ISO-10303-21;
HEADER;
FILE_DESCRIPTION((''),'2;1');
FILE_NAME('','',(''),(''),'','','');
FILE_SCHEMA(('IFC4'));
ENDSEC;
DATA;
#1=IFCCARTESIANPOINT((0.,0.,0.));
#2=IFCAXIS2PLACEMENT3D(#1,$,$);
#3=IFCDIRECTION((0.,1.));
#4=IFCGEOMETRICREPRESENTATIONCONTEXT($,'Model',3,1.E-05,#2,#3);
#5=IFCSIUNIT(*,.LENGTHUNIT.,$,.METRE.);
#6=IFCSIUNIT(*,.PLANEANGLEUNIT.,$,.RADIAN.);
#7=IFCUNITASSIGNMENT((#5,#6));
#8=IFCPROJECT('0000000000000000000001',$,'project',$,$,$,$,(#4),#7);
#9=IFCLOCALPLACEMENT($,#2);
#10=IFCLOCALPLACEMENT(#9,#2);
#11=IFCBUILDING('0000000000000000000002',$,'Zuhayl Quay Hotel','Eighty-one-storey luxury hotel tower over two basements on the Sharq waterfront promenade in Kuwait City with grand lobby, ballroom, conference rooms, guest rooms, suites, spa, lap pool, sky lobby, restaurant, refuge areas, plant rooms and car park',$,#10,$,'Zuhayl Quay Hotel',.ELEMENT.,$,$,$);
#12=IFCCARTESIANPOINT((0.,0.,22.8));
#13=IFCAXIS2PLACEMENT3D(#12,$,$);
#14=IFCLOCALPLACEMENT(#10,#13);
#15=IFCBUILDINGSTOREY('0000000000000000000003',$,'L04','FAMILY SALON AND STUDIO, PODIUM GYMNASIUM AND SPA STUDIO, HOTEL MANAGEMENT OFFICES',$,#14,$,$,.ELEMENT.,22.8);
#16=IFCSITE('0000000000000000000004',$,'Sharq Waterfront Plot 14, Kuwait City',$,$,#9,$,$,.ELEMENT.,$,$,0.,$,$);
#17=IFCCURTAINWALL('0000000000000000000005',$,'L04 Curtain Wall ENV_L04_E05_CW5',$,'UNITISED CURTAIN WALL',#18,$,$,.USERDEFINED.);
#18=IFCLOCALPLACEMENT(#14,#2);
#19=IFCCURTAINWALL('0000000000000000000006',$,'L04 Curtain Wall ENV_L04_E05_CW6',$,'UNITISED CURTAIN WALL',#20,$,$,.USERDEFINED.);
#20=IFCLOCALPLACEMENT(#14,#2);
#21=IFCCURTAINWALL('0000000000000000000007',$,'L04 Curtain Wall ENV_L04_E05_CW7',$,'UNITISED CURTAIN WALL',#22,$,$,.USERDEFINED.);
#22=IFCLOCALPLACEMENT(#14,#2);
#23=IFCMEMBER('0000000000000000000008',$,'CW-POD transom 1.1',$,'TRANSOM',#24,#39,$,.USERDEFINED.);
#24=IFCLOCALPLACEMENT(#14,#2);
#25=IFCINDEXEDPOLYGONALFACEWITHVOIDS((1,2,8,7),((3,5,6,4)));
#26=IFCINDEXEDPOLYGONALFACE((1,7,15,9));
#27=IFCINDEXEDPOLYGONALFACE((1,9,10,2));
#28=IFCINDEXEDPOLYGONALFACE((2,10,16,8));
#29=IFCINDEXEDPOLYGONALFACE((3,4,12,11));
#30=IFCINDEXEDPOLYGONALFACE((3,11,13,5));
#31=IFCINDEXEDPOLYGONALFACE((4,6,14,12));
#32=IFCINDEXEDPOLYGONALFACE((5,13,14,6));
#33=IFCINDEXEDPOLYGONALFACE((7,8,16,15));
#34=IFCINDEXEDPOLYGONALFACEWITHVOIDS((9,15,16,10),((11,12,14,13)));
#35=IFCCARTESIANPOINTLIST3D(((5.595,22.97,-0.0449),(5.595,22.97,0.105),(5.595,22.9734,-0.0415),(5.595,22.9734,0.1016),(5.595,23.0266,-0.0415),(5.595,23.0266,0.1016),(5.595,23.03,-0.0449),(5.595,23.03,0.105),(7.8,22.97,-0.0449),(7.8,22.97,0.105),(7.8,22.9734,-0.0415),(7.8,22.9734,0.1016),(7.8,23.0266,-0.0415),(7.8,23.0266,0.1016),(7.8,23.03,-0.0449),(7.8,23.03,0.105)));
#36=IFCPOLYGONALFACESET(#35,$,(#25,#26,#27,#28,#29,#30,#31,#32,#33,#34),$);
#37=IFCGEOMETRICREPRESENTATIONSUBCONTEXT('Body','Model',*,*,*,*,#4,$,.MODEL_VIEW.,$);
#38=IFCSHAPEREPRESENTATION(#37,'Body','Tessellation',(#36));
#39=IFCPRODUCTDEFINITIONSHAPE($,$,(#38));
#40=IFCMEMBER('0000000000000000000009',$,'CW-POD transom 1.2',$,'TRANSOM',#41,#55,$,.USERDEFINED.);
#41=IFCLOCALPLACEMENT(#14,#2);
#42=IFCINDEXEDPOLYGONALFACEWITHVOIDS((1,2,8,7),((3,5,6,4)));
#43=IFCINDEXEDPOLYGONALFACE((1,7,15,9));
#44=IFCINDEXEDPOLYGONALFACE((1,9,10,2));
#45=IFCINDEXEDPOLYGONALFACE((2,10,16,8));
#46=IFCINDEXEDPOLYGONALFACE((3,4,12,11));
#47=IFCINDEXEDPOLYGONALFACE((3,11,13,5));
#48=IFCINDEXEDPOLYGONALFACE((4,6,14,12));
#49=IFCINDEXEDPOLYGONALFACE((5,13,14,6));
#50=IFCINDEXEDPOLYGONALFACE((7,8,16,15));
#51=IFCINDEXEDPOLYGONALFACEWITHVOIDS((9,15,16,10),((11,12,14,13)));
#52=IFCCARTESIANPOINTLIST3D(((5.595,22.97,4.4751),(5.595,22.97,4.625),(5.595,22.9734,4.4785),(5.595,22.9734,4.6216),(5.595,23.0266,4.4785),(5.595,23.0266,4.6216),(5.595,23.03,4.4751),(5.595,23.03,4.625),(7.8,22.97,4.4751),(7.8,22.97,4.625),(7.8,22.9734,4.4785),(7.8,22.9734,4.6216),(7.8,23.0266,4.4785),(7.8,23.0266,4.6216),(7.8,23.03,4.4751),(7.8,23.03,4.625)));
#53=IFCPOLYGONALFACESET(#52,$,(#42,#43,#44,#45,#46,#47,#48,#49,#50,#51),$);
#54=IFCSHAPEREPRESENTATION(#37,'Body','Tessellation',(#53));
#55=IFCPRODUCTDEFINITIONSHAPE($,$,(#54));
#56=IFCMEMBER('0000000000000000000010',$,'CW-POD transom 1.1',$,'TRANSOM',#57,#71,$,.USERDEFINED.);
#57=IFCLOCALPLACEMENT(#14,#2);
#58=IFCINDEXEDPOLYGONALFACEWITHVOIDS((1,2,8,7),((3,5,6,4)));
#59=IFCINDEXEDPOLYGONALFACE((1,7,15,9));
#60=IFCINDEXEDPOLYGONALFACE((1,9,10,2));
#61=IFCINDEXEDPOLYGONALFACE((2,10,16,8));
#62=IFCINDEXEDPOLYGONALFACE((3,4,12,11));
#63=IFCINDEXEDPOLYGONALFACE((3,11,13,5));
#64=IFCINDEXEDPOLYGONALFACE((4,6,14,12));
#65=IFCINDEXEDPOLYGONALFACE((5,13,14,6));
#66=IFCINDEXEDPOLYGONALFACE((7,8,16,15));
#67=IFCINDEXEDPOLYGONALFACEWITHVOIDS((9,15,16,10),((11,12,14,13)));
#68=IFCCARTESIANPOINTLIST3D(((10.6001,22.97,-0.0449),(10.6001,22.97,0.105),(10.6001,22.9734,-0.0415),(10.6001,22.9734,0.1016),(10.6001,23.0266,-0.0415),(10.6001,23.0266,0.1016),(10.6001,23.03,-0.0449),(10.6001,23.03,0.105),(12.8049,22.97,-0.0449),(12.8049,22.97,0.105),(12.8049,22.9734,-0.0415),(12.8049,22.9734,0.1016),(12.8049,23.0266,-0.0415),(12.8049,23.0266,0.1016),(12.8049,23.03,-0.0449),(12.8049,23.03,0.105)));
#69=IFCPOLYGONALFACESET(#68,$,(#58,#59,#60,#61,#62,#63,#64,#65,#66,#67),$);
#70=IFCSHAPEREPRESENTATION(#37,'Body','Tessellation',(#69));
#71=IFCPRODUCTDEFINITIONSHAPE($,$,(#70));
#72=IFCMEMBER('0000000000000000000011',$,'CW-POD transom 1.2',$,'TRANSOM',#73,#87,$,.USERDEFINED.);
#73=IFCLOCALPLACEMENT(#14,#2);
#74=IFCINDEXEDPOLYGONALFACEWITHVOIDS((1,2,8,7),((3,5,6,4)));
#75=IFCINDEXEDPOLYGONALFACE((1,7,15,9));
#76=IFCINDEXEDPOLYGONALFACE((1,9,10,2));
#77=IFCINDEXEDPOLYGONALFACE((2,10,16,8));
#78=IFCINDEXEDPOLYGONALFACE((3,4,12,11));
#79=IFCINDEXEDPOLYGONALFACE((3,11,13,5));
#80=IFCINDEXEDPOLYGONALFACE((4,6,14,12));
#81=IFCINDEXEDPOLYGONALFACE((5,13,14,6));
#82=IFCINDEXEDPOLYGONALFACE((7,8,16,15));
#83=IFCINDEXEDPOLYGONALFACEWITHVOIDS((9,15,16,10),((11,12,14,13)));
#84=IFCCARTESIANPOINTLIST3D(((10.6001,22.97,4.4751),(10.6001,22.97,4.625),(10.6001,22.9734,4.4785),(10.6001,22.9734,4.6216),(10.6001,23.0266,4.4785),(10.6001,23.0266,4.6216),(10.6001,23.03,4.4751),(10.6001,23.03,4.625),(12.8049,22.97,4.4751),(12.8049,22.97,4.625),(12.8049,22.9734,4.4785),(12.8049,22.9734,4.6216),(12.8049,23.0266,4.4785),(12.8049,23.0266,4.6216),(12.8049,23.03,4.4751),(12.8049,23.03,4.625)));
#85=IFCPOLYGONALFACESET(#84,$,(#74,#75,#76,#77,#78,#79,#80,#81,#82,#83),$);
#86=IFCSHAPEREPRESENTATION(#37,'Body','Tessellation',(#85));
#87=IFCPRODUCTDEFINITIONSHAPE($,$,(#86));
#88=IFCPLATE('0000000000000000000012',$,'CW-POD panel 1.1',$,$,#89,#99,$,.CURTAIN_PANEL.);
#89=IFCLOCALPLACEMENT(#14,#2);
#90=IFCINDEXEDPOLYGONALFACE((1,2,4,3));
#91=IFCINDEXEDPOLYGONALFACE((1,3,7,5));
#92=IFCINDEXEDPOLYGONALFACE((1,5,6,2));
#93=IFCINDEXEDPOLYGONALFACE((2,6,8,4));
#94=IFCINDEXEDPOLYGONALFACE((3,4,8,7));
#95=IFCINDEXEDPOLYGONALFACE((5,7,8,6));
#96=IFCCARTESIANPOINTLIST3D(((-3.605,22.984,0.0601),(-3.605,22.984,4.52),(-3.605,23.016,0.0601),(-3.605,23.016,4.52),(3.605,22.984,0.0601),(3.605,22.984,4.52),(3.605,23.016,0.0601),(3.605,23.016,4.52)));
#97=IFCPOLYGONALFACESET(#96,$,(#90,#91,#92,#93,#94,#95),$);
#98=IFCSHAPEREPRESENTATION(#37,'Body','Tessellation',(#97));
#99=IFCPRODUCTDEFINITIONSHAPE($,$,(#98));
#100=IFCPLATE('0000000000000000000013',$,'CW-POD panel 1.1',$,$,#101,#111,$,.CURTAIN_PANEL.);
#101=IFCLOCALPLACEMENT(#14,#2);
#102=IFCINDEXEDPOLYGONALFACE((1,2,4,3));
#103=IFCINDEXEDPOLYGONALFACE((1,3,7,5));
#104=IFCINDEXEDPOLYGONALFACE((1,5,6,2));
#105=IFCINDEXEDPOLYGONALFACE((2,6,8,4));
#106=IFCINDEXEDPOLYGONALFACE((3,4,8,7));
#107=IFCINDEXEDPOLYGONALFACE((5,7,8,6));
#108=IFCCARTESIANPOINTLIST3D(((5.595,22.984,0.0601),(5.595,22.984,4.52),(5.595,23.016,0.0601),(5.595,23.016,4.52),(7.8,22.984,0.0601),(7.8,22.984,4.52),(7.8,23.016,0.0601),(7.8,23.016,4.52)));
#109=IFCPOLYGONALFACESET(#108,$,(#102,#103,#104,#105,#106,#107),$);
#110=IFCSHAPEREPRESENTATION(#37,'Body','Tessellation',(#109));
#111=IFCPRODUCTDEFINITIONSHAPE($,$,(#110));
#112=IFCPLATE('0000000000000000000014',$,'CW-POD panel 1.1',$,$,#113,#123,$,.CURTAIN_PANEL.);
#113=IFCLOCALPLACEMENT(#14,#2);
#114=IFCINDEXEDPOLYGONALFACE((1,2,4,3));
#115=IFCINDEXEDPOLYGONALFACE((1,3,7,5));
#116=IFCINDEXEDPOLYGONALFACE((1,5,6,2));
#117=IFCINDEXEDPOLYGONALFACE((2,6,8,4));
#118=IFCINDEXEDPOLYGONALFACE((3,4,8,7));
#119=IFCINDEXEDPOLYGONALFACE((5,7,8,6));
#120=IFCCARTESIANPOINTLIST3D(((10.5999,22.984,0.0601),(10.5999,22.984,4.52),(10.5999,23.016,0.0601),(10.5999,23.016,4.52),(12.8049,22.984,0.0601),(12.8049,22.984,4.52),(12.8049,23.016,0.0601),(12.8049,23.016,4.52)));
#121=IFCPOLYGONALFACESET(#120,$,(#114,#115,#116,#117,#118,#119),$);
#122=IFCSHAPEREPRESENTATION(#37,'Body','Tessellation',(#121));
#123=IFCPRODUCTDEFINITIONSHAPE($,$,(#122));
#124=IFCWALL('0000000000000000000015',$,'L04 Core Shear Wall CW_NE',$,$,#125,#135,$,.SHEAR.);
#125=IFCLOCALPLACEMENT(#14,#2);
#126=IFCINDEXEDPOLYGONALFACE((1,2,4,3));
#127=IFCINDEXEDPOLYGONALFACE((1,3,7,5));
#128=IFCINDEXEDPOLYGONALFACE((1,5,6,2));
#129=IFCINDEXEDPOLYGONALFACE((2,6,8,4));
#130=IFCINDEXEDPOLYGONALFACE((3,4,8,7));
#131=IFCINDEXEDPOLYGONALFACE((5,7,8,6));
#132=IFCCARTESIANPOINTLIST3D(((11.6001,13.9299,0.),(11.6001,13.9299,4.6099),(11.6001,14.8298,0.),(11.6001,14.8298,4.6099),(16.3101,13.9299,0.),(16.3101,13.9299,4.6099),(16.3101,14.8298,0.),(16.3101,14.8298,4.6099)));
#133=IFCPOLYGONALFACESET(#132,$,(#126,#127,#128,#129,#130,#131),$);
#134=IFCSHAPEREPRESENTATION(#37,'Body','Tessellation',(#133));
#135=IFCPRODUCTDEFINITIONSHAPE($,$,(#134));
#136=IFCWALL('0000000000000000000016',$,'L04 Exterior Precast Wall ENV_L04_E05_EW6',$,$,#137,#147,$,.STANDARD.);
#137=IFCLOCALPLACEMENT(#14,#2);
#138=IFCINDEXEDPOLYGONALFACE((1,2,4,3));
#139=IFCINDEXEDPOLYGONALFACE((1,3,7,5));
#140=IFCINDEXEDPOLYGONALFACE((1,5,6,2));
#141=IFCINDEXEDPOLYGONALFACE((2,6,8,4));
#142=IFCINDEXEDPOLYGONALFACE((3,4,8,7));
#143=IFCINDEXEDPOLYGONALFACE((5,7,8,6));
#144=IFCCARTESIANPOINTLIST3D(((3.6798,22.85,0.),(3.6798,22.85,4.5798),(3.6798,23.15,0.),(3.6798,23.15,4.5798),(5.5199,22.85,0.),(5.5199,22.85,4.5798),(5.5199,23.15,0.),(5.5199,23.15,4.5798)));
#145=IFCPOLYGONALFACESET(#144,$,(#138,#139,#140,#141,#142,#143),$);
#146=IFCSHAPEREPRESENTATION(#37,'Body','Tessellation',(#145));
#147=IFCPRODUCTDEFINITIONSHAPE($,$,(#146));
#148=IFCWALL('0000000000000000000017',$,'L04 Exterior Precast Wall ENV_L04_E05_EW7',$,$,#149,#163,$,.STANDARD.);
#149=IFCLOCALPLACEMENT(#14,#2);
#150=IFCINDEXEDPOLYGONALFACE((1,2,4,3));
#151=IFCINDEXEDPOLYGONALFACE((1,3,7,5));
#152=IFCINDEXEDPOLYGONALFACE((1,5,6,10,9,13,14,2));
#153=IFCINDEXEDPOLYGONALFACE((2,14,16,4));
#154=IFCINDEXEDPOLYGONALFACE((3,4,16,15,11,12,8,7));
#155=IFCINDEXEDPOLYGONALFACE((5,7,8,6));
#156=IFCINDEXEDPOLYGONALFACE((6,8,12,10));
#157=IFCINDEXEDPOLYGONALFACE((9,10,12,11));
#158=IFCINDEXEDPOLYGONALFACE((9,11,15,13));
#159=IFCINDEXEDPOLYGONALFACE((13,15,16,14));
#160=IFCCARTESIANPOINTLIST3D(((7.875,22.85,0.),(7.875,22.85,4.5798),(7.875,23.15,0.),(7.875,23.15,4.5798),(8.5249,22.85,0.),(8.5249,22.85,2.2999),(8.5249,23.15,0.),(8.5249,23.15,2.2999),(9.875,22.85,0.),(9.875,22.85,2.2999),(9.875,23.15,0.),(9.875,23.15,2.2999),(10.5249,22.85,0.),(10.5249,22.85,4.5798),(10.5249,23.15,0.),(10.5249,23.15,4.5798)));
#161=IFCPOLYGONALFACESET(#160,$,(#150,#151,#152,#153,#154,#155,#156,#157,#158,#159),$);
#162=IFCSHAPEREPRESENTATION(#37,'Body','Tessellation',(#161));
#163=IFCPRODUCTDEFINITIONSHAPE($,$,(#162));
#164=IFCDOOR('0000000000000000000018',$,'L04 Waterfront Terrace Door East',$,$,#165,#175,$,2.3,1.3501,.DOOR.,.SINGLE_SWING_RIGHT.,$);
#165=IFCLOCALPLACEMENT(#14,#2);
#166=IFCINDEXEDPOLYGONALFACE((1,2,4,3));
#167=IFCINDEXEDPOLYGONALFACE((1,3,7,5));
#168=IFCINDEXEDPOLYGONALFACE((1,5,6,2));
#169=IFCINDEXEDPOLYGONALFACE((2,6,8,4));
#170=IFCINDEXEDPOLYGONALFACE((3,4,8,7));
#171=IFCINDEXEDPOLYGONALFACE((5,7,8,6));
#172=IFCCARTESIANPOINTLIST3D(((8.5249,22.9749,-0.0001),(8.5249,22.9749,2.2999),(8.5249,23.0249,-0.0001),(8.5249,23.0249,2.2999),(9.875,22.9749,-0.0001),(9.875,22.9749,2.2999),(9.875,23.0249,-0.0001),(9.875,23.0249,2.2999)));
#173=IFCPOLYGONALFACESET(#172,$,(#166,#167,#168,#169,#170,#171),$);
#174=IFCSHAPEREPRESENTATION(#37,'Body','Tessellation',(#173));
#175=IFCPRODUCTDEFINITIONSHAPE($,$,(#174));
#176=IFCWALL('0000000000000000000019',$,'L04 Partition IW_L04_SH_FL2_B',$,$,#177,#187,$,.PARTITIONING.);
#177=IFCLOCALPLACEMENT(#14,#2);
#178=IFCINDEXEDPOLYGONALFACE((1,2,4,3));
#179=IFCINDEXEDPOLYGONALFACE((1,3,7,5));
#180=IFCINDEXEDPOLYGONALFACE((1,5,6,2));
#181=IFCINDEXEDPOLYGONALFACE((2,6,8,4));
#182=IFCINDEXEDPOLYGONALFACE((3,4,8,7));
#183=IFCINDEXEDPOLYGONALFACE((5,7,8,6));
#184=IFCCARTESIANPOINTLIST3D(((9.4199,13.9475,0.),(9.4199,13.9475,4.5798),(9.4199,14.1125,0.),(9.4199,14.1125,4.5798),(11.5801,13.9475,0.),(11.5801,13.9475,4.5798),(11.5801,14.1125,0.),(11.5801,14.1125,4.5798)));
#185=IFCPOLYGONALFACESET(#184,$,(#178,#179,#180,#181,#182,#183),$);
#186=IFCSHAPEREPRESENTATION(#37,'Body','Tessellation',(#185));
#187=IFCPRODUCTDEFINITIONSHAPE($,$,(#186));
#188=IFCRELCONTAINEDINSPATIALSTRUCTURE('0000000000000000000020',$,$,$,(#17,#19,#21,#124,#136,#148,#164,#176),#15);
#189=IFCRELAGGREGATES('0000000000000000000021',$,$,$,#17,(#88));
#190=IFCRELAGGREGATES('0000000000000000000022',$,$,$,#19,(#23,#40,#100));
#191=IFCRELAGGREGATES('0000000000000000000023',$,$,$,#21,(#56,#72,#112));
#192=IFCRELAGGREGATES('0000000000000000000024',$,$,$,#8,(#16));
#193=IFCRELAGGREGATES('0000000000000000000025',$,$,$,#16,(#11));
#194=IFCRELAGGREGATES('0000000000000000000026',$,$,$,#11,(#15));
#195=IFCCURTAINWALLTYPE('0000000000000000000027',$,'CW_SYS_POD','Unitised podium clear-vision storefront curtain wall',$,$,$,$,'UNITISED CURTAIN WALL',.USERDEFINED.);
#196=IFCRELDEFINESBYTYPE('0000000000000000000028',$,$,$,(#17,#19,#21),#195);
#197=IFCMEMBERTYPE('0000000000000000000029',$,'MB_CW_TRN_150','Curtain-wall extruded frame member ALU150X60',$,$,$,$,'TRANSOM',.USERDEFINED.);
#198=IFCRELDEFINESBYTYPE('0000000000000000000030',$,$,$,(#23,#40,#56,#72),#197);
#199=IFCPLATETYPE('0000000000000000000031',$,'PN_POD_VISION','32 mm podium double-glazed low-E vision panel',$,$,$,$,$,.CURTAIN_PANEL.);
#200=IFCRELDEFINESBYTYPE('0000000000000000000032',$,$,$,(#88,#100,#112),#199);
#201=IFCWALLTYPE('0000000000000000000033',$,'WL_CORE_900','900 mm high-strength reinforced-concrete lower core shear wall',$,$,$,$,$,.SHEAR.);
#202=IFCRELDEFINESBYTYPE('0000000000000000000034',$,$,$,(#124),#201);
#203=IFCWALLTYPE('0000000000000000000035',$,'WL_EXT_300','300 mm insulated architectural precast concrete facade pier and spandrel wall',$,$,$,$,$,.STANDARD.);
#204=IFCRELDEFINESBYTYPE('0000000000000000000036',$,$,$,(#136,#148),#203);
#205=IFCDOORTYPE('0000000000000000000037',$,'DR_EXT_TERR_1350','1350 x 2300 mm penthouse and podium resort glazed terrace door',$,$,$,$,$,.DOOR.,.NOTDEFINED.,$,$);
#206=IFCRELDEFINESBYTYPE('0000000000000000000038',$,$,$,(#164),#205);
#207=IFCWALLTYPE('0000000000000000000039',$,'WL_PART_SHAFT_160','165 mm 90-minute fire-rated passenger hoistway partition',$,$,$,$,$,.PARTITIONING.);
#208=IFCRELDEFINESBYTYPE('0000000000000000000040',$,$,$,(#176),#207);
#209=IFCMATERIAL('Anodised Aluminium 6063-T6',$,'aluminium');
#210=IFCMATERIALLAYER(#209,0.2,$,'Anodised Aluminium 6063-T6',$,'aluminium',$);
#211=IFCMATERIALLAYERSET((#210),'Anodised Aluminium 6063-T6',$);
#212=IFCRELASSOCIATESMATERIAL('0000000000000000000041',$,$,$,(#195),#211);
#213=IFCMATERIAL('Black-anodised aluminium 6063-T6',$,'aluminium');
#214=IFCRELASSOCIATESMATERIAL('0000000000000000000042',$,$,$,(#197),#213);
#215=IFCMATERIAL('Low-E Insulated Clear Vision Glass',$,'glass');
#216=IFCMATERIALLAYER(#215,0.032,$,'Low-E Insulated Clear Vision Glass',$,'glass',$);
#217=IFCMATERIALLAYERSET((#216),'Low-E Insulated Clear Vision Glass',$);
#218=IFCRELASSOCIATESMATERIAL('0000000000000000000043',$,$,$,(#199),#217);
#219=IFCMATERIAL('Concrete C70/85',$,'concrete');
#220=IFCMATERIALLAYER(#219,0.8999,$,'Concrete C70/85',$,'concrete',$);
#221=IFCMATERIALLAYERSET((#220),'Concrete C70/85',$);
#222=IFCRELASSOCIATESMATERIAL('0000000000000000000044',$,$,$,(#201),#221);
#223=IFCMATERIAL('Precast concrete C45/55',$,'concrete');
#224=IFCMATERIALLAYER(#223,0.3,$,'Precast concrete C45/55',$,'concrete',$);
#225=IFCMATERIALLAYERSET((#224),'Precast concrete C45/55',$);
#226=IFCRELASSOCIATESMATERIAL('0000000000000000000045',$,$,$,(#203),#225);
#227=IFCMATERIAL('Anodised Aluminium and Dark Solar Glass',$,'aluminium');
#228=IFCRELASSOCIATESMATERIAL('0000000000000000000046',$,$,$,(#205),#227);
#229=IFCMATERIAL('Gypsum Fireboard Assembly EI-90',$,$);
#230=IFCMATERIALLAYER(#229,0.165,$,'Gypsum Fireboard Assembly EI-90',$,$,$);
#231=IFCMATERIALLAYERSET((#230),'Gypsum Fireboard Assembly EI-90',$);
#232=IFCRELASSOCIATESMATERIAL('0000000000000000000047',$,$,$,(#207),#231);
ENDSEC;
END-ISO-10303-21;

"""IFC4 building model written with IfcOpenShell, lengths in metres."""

from ifc_helpers import new_model, si_unit, direction, frame, frame_2d, origin, origin_2d, place, context, subcontext, project, spatial, rectangle, hollow_rectangle, extrude, material, layer, layer_set, material_profile, profile_set, type_object, element, fill, aggregate, save


model = new_model("IFC4")

# Units and contexts
model_context = context("Model", 3, precision=1e-05, world=origin(), true_north=direction((0.0, 1.0)))
body_context = subcontext(model_context, "Body", "Model", "MODEL_VIEW")
ifc_project = project(units=[si_unit("LENGTHUNIT", "METRE"), si_unit("PLANEANGLEUNIT", "RADIAN")], contexts=[model_context])

# Site, building, storey
site_placement = place(None, origin())
site = spatial("IfcSite", under=ifc_project, at=site_placement, Name="Sharq Waterfront Plot 14, Kuwait City", CompositionType="ELEMENT", RefElevation=0.0)
building_placement = place(site_placement, origin())
building = spatial("IfcBuilding", under=site, at=building_placement, Name="Zuhayl Quay Hotel", Description="Eighty-one-storey luxury hotel tower over two basements on the Sharq waterfront promenade in Kuwait City with grand lobby, ballroom, conference rooms, guest rooms, suites, spa, lap pool, sky lobby, restaurant, refuge areas, plant rooms and car park", LongName="Zuhayl Quay Hotel", CompositionType="ELEMENT")
storey_placement = place(building_placement, frame((0.0, 0.0, 22.8)))
storey = spatial("IfcBuildingStorey", under=building, at=storey_placement, Name="L04", Description="FAMILY SALON AND STUDIO, PODIUM GYMNASIUM AND SPA STUDIO, HOTEL MANAGEMENT OFFICES", CompositionType="ELEMENT", Elevation=22.8)

# Shared definitions
ifc_material_1 = material(Name="Concrete C70/85", Category="concrete")

# Curtain wall
ifc_material_2 = material(Name="Anodised Aluminium 6063-T6", Category="aluminium")
ifc_layer_1 = layer(ifc_material_2, 0.2, Name="Anodised Aluminium 6063-T6", Category="aluminium")
ifc_layer_set_1 = layer_set([ifc_layer_1], Name="Anodised Aluminium 6063-T6")
curtain_wall_type = type_object("IfcCurtainWallType", Name="CW_SYS_POD", Description="Unitised podium clear-vision storefront curtain wall", ElementType="UNITISED CURTAIN WALL", PredefinedType="USERDEFINED", material=ifc_layer_set_1)
curtain_wall_1_placement = place(storey_placement, origin())
curtain_wall_1 = element("IfcCurtainWall", 1, at=curtain_wall_1_placement, inside=storey, type_object=curtain_wall_type, Name="L04 Curtain Wall ENV_L04_E05_CW5", ObjectType="UNITISED CURTAIN WALL", PredefinedType="USERDEFINED")
ifc_material_3 = material(Name="Black-anodised aluminium 6063-T6", Category="aluminium")

# Curtain wall
curtain_wall_2_placement = place(storey_placement, origin())
curtain_wall_2 = element("IfcCurtainWall", 2, at=curtain_wall_2_placement, inside=storey, type_object=curtain_wall_type, Name="L04 Curtain Wall ENV_L04_E05_CW6", ObjectType="UNITISED CURTAIN WALL", PredefinedType="USERDEFINED")

# Curtain wall
curtain_wall_3_placement = place(storey_placement, origin())
curtain_wall_3 = element("IfcCurtainWall", 3, at=curtain_wall_3_placement, inside=storey, type_object=curtain_wall_type, Name="L04 Curtain Wall ENV_L04_E05_CW7", ObjectType="UNITISED CURTAIN WALL", PredefinedType="USERDEFINED")

# Members
ifc_material_profile_1 = material_profile(ifc_material_3, hollow_rectangle(XDim=0.0601, YDim=0.1499, WallThickness=0.0034, at=origin_2d()), Name="ALU150X60")
ifc_profile_set_1 = profile_set([ifc_material_profile_1], Name="Black-anodised aluminium 6063-T6")
member_type_1 = type_object("IfcMemberType", Name="MB_CW_TRN_150", Description="Curtain-wall extruded frame member ALU150X60", ElementType="TRANSOM", PredefinedType="USERDEFINED", material=ifc_profile_set_1)
member_1_placement = place(storey_placement, frame((5.595, 23.0, 0.03), z_axis=(1.0, 0.0, 0.0), x_axis=(0.0, 1.0, 0.0)))
member_1 = element("IfcMember", 4, at=member_1_placement, type_object=member_type_1, Name="CW-POD transom 1.1", ObjectType="TRANSOM", PredefinedType="USERDEFINED", context=body_context, shape_type="SweptSolid", body=[
    extrude(hollow_rectangle(XDim=0.0601, YDim=0.1499, WallThickness=0.0034, at=origin_2d()), origin(), (0.0, 0.0, 1.0), 2.2051),
])
member_2_placement = place(storey_placement, frame((5.595, 23.0, 4.55), z_axis=(1.0, 0.0, 0.0), x_axis=(0.0, 1.0, 0.0)))
member_2 = element("IfcMember", 5, at=member_2_placement, type_object=member_type_1, Name="CW-POD transom 1.2", ObjectType="TRANSOM", PredefinedType="USERDEFINED", context=body_context, shape_type="SweptSolid", body=[
    extrude(hollow_rectangle(XDim=0.0601, YDim=0.1499, WallThickness=0.0034, at=origin_2d()), origin(), (0.0, 0.0, 1.0), 2.2051),
])
member_3_placement = place(storey_placement, frame((10.6001, 23.0, 0.03), z_axis=(1.0, 0.0, 0.0), x_axis=(0.0, 1.0, 0.0)))
member_3 = element("IfcMember", 6, at=member_3_placement, type_object=member_type_1, Name="CW-POD transom 1.1", ObjectType="TRANSOM", PredefinedType="USERDEFINED", context=body_context, shape_type="SweptSolid", body=[
    extrude(hollow_rectangle(XDim=0.0601, YDim=0.1499, WallThickness=0.0034, at=origin_2d()), origin(), (0.0, 0.0, 1.0), 2.2048),
])
member_4_placement = place(storey_placement, frame((10.6001, 23.0, 4.55), z_axis=(1.0, 0.0, 0.0), x_axis=(0.0, 1.0, 0.0)))
member_4 = element("IfcMember", 7, at=member_4_placement, type_object=member_type_1, Name="CW-POD transom 1.2", ObjectType="TRANSOM", PredefinedType="USERDEFINED", context=body_context, shape_type="SweptSolid", body=[
    extrude(hollow_rectangle(XDim=0.0601, YDim=0.1499, WallThickness=0.0034, at=origin_2d()), origin(), (0.0, 0.0, 1.0), 2.2048),
])

# Plates
ifc_material_4 = material(Name="Low-E Insulated Clear Vision Glass", Category="glass")
ifc_layer_2 = layer(ifc_material_4, 0.032, Name="Low-E Insulated Clear Vision Glass", Category="glass")
ifc_layer_set_2 = layer_set([ifc_layer_2], Name="Low-E Insulated Clear Vision Glass")
plate_type = type_object("IfcPlateType", Name="PN_POD_VISION", Description="32 mm podium double-glazed low-E vision panel", PredefinedType="CURTAIN_PANEL", material=ifc_layer_set_2)
plate_1_placement = place(storey_placement, frame((0.0, 23.0, 0.0601), z_axis=(0.0, 0.0, 1.0), x_axis=(1.0, 0.0, 0.0)))
plate_1 = element("IfcPlate", 8, at=plate_1_placement, type_object=plate_type, Name="CW-POD panel 1.1", PredefinedType="CURTAIN_PANEL", context=body_context, shape_type="SweptSolid", body=[
    extrude(rectangle(XDim=7.21, YDim=0.032, at=origin_2d()), origin(), (0.0, 0.0, 1.0), 4.46),
])
aggregate(curtain_wall_1, [plate_1])
plate_2_placement = place(storey_placement, frame((6.6975, 23.0, 0.0601), z_axis=(0.0, 0.0, 1.0), x_axis=(1.0, 0.0, 0.0)))
plate_2 = element("IfcPlate", 9, at=plate_2_placement, type_object=plate_type, Name="CW-POD panel 1.1", PredefinedType="CURTAIN_PANEL", context=body_context, shape_type="SweptSolid", body=[
    extrude(rectangle(XDim=2.2051, YDim=0.032, at=origin_2d()), origin(), (0.0, 0.0, 1.0), 4.46),
])
aggregate(curtain_wall_2, [member_1, member_2, plate_2])
plate_3_placement = place(storey_placement, frame((11.7024, 23.0, 0.0601), z_axis=(0.0, 0.0, 1.0), x_axis=(1.0, 0.0, 0.0)))
plate_3 = element("IfcPlate", 10, at=plate_3_placement, type_object=plate_type, Name="CW-POD panel 1.1", PredefinedType="CURTAIN_PANEL", context=body_context, shape_type="SweptSolid", body=[
    extrude(rectangle(XDim=2.2051, YDim=0.032, at=origin_2d()), origin(), (0.0, 0.0, 1.0), 4.46),
])
aggregate(curtain_wall_3, [member_3, member_4, plate_3])

# Walls
ifc_layer_3 = layer(ifc_material_1, 0.8999, Name="Concrete C70/85", Category="concrete")
ifc_layer_set_3 = layer_set([ifc_layer_3], Name="Concrete C70/85")
wall_type_1 = type_object("IfcWallType", Name="WL_CORE_900", Description="900 mm high-strength reinforced-concrete lower core shear wall", PredefinedType="SHEAR", material=ifc_layer_set_3)
wall_1_placement = place(storey_placement, frame((11.6001, 14.3799, 0.0), z_axis=(0.0, 0.0, 1.0), x_axis=(1.0, 0.0, 0.0)))
element("IfcWall", 11, at=wall_1_placement, inside=storey, type_object=wall_type_1, Name="L04 Core Shear Wall CW_NE", PredefinedType="SHEAR", context=body_context, shape_type="SweptSolid", body=[
    extrude(rectangle(XDim=4.71, YDim=0.8999, at=frame_2d((2.355, 0.0))), origin(), (0.0, 0.0, 1.0), 4.6099),
])
ifc_material_5 = material(Name="Precast concrete C45/55", Category="concrete")
ifc_layer_4 = layer(ifc_material_5, 0.3, Name="Precast concrete C45/55", Category="concrete")
ifc_layer_set_4 = layer_set([ifc_layer_4], Name="Precast concrete C45/55")
wall_type_2 = type_object("IfcWallType", Name="WL_EXT_300", Description="300 mm insulated architectural precast concrete facade pier and spandrel wall", PredefinedType="STANDARD", material=ifc_layer_set_4)
wall_2_placement = place(storey_placement, frame((3.6799, 23.0, 0.0), z_axis=(0.0, 0.0, 1.0), x_axis=(1.0, 0.0, 0.0)))
element("IfcWall", 12, at=wall_2_placement, inside=storey, type_object=wall_type_2, Name="L04 Exterior Precast Wall ENV_L04_E05_EW6", PredefinedType="STANDARD", context=body_context, shape_type="SweptSolid", body=[
    extrude(rectangle(XDim=1.8401, YDim=0.3, at=frame_2d((0.9199, 0.0))), origin(), (0.0, 0.0, 1.0), 4.5798),
])

# Wall, opening, door
wall_3_placement = place(storey_placement, frame((7.875, 23.0, 0.0), z_axis=(0.0, 0.0, 1.0), x_axis=(1.0, 0.0, 0.0)))
wall_3 = element("IfcWall", 13, at=wall_3_placement, inside=storey, type_object=wall_type_2, Name="L04 Exterior Precast Wall ENV_L04_E05_EW7", PredefinedType="STANDARD", context=body_context, shape_type="SweptSolid", body=[
    extrude(rectangle(XDim=2.6499, YDim=0.3, at=frame_2d((1.325, 0.0))), origin(), (0.0, 0.0, 1.0), 4.5798),
])
opening_1_placement = place(wall_3_placement, frame((0.6499, 0.0, 0.0)))
opening_1 = element("IfcOpeningElement", 14, at=opening_1_placement, cuts=wall_3, PredefinedType="OPENING", context=body_context, shape_type="SweptSolid", body=[
    extrude(rectangle(XDim=1.3501, YDim=2.3, at=frame_2d((0.675, 1.1499))), frame((0.0, 0.1599, 0.0), z_axis=(0.0, -1.0, 0.0), x_axis=(1.0, 0.0, 0.0)), (0.0, 0.0, 1.0), 0.3201),
])
ifc_material_6 = material(Name="Anodised Aluminium and Dark Solar Glass", Category="aluminium")
door_type_1 = type_object("IfcDoorType", Name="DR_EXT_TERR_1350", Description="1350 x 2300 mm penthouse and podium resort glazed terrace door", OperationType="NOTDEFINED", PredefinedType="DOOR", material=ifc_material_6)
door_1_placement = place(opening_1_placement, origin())
door_1 = element("IfcDoor", 15, at=door_1_placement, inside=storey, type_object=door_type_1, Name="L04 Waterfront Terrace Door East", OperationType="SINGLE_SWING_RIGHT", OverallHeight=2.3, OverallWidth=1.3501, PredefinedType="DOOR", context=body_context, shape_type="SweptSolid", body=[
    extrude(rectangle(XDim=1.3501, YDim=2.3, at=frame_2d((0.675, 1.1499))), frame((0.0, 0.0249, 0.0), z_axis=(0.0, -1.0, 0.0), x_axis=(1.0, 0.0, 0.0)), (0.0, 0.0, 1.0), 0.05),
])
fill(opening_1, door_1)

# Wall
ifc_material_7 = material(Name="Gypsum Fireboard Assembly EI-90")
ifc_layer_5 = layer(ifc_material_7, 0.165, Name="Gypsum Fireboard Assembly EI-90")
ifc_layer_set_5 = layer_set([ifc_layer_5], Name="Gypsum Fireboard Assembly EI-90")
wall_type_3 = type_object("IfcWallType", Name="WL_PART_SHAFT_160", Description="165 mm 90-minute fire-rated passenger hoistway partition", PredefinedType="PARTITIONING", material=ifc_layer_set_5)
wall_4_placement = place(storey_placement, frame((9.4199, 14.03, 0.0), z_axis=(0.0, 0.0, 1.0), x_axis=(1.0, 0.0, 0.0)))
element("IfcWall", 16, at=wall_4_placement, inside=storey, type_object=wall_type_3, Name="L04 Partition IW_L04_SH_FL2_B", PredefinedType="PARTITIONING", context=body_context, shape_type="SweptSolid", body=[
    extrude(rectangle(XDim=2.1602, YDim=0.165, at=frame_2d((1.0801, 0.0))), origin(), (0.0, 0.0, 1.0), 4.5798),
])

save(model, "model.ifc")
